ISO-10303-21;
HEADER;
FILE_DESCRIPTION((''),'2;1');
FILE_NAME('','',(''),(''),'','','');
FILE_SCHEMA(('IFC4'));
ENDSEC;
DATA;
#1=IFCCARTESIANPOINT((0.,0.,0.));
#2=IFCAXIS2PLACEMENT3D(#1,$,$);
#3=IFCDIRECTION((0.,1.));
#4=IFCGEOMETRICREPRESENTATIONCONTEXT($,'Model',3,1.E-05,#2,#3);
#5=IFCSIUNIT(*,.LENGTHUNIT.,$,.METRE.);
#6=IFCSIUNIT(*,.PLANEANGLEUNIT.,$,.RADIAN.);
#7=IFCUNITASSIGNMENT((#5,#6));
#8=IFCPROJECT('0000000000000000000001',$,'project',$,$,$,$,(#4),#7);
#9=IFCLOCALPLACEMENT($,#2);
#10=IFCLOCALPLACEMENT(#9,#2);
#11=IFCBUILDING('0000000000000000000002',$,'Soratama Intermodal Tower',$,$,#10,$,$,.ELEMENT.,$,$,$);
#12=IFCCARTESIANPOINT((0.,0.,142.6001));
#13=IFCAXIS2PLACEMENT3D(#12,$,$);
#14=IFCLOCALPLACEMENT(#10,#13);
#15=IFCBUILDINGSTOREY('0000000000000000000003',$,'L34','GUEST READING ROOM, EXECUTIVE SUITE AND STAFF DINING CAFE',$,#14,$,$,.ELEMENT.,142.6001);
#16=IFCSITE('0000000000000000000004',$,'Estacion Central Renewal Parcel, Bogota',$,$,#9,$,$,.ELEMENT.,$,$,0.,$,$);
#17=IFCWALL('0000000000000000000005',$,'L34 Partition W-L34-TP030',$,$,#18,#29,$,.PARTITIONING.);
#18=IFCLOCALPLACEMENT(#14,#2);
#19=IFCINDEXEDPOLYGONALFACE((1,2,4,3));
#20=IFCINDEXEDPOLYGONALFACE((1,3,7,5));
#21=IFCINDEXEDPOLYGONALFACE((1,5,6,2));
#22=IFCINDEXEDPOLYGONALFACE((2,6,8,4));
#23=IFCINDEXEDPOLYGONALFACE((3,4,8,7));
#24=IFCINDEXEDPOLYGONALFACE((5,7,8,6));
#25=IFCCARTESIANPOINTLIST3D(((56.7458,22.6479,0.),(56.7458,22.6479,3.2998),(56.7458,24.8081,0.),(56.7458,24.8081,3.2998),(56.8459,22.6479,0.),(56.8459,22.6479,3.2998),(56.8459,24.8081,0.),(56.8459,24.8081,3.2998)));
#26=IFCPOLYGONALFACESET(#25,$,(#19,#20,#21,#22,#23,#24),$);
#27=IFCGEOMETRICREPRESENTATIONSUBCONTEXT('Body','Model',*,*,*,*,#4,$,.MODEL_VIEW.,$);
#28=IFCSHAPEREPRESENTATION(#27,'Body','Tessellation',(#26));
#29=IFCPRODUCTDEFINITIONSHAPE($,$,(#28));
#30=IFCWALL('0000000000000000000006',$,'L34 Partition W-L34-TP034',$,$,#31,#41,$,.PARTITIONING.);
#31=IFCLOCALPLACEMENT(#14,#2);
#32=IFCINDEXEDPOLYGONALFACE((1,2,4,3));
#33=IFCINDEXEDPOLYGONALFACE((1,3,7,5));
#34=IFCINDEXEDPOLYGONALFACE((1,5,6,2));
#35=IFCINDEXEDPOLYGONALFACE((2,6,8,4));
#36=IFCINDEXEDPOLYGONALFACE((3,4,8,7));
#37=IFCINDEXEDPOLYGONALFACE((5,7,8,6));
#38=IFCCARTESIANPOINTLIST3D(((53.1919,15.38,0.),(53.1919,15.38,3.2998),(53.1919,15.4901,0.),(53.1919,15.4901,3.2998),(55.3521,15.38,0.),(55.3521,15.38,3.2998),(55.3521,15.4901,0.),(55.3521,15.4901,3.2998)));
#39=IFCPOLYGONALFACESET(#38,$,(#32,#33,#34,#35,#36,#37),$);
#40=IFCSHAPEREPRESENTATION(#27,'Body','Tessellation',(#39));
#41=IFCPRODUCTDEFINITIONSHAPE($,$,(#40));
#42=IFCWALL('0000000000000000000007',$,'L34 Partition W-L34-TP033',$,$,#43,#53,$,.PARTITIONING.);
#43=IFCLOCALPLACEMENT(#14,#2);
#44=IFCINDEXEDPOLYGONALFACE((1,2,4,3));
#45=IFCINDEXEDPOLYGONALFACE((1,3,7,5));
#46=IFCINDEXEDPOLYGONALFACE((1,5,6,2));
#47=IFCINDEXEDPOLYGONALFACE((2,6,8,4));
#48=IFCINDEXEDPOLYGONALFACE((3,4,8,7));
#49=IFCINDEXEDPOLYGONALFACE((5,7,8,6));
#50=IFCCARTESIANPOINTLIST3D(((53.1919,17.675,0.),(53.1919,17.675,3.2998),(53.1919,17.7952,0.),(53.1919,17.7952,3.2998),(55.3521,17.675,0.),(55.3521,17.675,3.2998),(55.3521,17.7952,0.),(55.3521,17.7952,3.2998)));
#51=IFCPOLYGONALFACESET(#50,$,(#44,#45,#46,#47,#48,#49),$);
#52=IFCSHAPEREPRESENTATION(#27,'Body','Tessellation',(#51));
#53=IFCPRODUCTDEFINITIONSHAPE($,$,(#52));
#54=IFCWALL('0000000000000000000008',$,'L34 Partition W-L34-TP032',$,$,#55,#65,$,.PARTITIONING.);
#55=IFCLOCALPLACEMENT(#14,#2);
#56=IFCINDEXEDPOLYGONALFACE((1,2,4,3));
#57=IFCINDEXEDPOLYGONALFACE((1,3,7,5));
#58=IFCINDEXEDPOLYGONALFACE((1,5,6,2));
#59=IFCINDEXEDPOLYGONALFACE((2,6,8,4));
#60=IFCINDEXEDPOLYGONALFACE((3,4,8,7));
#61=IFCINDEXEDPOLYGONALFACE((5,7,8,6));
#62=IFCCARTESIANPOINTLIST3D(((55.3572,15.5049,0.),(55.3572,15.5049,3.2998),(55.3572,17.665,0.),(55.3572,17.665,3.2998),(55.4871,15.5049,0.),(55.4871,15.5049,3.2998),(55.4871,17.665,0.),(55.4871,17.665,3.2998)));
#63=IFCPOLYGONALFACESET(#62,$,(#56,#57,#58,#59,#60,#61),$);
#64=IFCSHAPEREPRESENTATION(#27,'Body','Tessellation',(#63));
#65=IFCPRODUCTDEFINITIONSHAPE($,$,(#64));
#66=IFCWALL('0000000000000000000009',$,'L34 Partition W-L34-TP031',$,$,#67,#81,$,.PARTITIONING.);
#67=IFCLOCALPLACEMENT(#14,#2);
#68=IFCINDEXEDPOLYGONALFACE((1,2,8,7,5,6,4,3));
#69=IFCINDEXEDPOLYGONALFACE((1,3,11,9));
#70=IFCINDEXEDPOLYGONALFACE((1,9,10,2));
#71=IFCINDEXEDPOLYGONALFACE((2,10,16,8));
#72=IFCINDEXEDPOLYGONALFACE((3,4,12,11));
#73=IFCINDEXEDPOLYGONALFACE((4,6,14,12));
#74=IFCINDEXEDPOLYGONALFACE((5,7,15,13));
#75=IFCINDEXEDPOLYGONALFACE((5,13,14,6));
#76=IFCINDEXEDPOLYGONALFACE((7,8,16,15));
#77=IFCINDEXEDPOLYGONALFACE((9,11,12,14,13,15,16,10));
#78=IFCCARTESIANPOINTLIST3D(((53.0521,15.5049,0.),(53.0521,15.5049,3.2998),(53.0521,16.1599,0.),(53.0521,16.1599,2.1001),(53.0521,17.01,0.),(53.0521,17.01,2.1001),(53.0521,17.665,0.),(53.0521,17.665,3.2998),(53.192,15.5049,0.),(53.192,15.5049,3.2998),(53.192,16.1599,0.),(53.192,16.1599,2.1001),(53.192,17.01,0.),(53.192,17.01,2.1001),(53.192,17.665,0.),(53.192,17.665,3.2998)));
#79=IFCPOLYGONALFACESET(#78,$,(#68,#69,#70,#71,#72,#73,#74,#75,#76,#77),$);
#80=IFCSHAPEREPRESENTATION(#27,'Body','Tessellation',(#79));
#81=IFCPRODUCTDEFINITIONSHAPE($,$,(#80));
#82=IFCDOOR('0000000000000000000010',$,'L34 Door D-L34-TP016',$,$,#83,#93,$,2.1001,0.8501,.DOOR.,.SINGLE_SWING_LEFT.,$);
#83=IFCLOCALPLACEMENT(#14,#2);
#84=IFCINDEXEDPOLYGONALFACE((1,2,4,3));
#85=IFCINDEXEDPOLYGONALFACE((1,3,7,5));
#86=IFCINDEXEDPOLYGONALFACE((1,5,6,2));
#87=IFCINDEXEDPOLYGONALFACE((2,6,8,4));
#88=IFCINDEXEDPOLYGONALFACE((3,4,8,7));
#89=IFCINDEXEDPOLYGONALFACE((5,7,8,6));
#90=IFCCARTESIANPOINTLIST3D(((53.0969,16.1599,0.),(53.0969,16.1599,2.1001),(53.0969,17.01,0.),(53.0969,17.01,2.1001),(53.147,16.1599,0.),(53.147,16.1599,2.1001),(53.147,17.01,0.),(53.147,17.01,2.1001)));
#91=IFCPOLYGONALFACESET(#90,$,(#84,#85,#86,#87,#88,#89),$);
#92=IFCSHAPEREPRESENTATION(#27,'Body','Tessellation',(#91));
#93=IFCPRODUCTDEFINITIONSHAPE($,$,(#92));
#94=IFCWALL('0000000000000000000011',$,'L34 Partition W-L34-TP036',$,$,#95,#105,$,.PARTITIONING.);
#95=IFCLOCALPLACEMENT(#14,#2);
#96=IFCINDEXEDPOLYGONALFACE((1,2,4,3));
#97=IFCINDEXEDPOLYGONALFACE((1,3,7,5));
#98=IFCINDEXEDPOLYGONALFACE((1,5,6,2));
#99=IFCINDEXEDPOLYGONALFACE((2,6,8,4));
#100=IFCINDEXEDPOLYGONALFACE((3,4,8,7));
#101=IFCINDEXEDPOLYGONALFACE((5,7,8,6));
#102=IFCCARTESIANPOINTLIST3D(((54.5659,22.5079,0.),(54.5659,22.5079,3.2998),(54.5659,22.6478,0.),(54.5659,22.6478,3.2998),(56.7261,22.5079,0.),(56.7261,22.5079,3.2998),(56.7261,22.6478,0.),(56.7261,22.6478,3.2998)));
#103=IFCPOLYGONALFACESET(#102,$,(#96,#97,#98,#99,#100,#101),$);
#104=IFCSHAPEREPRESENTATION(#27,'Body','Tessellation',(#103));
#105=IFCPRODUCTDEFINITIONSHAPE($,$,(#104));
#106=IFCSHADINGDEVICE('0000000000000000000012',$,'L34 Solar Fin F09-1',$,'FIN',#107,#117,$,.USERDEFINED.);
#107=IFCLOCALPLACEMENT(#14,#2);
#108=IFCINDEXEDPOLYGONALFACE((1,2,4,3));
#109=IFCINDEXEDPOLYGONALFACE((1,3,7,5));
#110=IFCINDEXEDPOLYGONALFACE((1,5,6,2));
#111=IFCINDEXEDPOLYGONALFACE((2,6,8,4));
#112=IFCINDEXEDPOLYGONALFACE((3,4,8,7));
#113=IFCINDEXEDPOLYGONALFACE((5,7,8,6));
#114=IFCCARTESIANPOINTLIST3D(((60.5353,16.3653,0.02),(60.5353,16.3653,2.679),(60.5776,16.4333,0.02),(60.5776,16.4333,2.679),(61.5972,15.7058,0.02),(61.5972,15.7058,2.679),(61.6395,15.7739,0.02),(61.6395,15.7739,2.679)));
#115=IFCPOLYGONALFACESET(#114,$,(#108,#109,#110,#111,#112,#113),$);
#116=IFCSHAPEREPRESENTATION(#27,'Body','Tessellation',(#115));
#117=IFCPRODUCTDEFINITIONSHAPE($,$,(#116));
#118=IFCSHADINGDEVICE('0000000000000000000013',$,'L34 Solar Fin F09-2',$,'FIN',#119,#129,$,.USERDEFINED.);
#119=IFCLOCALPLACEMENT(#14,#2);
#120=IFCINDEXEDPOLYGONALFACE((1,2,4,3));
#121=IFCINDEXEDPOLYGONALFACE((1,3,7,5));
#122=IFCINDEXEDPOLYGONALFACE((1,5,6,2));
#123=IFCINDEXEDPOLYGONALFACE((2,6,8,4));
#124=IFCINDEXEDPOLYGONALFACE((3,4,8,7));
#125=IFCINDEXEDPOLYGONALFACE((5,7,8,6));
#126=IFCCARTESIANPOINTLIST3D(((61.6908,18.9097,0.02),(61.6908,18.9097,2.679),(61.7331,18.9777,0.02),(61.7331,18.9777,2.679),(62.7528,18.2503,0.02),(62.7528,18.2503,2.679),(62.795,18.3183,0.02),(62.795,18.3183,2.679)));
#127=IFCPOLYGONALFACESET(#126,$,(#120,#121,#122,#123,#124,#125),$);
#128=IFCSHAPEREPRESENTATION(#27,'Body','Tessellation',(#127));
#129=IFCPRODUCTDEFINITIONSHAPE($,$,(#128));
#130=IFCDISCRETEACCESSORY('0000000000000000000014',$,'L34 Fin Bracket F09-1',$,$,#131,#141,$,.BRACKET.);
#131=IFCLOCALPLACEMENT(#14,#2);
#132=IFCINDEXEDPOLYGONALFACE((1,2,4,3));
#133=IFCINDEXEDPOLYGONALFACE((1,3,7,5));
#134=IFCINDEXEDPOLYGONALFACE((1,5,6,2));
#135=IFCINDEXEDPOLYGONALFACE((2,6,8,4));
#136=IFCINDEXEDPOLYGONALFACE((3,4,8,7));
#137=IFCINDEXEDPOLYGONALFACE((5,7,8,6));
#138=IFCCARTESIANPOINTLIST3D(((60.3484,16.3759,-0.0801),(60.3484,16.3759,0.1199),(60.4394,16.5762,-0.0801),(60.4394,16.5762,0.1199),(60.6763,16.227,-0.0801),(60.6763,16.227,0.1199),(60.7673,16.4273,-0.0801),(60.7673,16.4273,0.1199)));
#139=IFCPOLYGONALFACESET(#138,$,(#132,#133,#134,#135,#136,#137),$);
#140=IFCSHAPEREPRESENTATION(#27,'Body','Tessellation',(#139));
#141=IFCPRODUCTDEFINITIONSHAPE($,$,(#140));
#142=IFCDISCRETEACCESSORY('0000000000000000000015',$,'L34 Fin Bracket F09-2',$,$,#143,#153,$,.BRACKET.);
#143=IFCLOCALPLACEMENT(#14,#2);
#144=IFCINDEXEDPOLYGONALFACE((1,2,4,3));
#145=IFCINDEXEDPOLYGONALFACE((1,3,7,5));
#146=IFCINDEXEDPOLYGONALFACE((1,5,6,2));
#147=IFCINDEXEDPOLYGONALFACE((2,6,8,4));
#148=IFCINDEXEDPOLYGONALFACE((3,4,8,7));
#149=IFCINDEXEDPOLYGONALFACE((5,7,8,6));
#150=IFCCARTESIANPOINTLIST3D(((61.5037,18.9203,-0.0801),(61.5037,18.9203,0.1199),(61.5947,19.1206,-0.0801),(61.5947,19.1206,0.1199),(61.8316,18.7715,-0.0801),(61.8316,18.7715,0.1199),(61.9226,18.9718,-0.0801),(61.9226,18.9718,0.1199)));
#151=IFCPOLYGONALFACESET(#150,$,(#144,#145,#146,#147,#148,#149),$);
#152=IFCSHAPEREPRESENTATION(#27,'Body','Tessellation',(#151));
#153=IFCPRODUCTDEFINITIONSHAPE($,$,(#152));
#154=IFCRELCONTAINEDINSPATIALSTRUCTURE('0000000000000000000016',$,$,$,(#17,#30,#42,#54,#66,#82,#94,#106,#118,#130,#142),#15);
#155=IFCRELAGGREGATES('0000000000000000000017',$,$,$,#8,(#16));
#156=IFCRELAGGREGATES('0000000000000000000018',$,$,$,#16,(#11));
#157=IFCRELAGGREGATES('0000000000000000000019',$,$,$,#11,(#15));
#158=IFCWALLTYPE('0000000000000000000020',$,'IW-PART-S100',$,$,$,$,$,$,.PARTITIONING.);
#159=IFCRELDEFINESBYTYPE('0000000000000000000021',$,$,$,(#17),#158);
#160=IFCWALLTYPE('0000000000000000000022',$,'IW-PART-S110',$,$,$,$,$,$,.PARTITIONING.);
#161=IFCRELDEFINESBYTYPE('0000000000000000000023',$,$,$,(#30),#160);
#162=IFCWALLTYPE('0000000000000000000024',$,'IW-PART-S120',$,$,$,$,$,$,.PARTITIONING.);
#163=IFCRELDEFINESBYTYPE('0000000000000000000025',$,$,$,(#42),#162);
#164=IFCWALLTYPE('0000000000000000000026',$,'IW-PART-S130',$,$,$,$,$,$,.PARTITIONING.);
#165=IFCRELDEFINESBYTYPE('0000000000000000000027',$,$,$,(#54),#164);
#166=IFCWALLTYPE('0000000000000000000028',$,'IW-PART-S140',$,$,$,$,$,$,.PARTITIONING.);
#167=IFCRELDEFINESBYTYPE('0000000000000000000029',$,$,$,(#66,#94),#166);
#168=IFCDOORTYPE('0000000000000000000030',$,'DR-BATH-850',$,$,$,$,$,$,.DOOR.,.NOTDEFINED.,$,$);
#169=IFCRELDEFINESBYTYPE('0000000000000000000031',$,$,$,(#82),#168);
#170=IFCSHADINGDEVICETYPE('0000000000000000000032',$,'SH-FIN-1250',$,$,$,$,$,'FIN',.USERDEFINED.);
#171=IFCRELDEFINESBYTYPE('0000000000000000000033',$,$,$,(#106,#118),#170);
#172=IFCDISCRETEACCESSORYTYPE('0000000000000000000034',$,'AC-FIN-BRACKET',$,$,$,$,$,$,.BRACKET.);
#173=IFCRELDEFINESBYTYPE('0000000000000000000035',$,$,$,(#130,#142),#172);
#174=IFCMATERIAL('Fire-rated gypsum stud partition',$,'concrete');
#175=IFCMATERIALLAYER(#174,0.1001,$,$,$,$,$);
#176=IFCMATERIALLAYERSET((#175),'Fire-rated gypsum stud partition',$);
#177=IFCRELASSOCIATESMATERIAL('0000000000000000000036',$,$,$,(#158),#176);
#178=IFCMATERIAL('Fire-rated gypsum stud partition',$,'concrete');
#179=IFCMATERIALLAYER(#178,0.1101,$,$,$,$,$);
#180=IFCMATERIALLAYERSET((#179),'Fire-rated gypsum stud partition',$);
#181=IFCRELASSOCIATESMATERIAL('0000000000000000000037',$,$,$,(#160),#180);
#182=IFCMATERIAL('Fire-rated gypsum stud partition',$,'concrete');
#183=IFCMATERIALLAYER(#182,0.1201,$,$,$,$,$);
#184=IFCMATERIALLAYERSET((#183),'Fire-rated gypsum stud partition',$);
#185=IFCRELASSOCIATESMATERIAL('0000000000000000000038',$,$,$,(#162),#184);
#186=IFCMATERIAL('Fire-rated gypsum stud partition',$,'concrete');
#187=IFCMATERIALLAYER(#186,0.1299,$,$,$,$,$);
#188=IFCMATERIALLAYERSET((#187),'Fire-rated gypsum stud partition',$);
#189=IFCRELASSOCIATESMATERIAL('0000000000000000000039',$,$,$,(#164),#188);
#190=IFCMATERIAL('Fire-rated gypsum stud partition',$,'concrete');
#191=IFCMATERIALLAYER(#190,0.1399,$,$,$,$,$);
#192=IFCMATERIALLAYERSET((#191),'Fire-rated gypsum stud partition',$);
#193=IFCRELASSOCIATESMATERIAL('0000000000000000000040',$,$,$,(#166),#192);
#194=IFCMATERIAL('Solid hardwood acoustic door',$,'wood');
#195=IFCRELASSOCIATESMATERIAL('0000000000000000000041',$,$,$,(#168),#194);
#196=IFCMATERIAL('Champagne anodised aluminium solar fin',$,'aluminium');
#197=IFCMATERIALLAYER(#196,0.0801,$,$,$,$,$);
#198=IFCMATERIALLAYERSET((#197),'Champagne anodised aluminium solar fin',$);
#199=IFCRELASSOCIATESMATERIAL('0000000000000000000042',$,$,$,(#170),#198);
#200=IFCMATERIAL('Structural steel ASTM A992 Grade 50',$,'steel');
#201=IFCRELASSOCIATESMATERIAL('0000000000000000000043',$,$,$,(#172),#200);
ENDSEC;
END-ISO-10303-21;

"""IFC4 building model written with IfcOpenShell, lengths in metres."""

from ifc_helpers import new_model, si_unit, direction, frame, frame_2d, origin, origin_2d, place, context, subcontext, project, spatial, rectangle, extrude, material, layer, layer_set, type_object, element, fill, save


model = new_model("IFC4")

# Units and contexts
model_context = context("Model", 3, precision=1e-05, world=origin(), true_north=direction((0.0, 1.0)))
body_context = subcontext(model_context, "Body", "Model", "MODEL_VIEW")
ifc_project = project(units=[si_unit("LENGTHUNIT", "METRE"), si_unit("PLANEANGLEUNIT", "RADIAN")], contexts=[model_context])

# Site, building, storey
site_placement = place(None, origin())
site = spatial("IfcSite", under=ifc_project, at=site_placement, Name="Estacion Central Renewal Parcel, Bogota", CompositionType="ELEMENT", RefElevation=0.0)
building_placement = place(site_placement, origin())
building = spatial("IfcBuilding", under=site, at=building_placement, Name="Soratama Intermodal Tower", CompositionType="ELEMENT")
storey_placement = place(building_placement, frame((0.0, 0.0, 142.6001)))
storey = spatial("IfcBuildingStorey", under=building, at=storey_placement, Name="L34", Description="GUEST READING ROOM, EXECUTIVE SUITE AND STAFF DINING CAFE", CompositionType="ELEMENT", Elevation=142.6001)

# Walls
ifc_material_1 = material(Name="Fire-rated gypsum stud partition", Category="concrete")
ifc_layer_1 = layer(ifc_material_1, 0.1001)
ifc_layer_set_1 = layer_set([ifc_layer_1], Name="Fire-rated gypsum stud partition")
wall_type_1 = type_object("IfcWallType", Name="IW-PART-S100", PredefinedType="PARTITIONING", material=ifc_layer_set_1)
wall_1_placement = place(storey_placement, frame((56.7959, 22.6479, 0.0), z_axis=(0.0, 0.0, 1.0), x_axis=(0.0, 1.0, 0.0)))
element("IfcWall", 1, at=wall_1_placement, inside=storey, type_object=wall_type_1, Name="L34 Partition W-L34-TP030", PredefinedType="PARTITIONING", context=body_context, shape_type="SweptSolid", body=[
    extrude(rectangle(XDim=2.1602, YDim=0.1001, at=frame_2d((1.0801, 0.0))), origin(), (0.0, 0.0, 1.0), 3.2998),
])
ifc_material_2 = material(Name="Fire-rated gypsum stud partition", Category="concrete")
ifc_layer_2 = layer(ifc_material_2, 0.1101)
ifc_layer_set_2 = layer_set([ifc_layer_2], Name="Fire-rated gypsum stud partition")
wall_type_2 = type_object("IfcWallType", Name="IW-PART-S110", PredefinedType="PARTITIONING", material=ifc_layer_set_2)
wall_2_placement = place(storey_placement, frame((53.1919, 15.4351, 0.0), z_axis=(0.0, 0.0, 1.0), x_axis=(1.0, 0.0, 0.0)))
element("IfcWall", 2, at=wall_2_placement, inside=storey, type_object=wall_type_2, Name="L34 Partition W-L34-TP034", PredefinedType="PARTITIONING", context=body_context, shape_type="SweptSolid", body=[
    extrude(rectangle(XDim=2.1602, YDim=0.1101, at=frame_2d((1.0801, 0.0))), origin(), (0.0, 0.0, 1.0), 3.2998),
])
ifc_material_3 = material(Name="Fire-rated gypsum stud partition", Category="concrete")
ifc_layer_3 = layer(ifc_material_3, 0.1201)
ifc_layer_set_3 = layer_set([ifc_layer_3], Name="Fire-rated gypsum stud partition")
wall_type_3 = type_object("IfcWallType", Name="IW-PART-S120", PredefinedType="PARTITIONING", material=ifc_layer_set_3)
wall_3_placement = place(storey_placement, frame((55.3521, 17.7351, 0.0), z_axis=(0.0, 0.0, 1.0), x_axis=(-1.0, 0.0, 0.0)))
element("IfcWall", 3, at=wall_3_placement, inside=storey, type_object=wall_type_3, Name="L34 Partition W-L34-TP033", PredefinedType="PARTITIONING", context=body_context, shape_type="SweptSolid", body=[
    extrude(rectangle(XDim=2.1602, YDim=0.1201, at=frame_2d((1.0801, 0.0))), origin(), (0.0, 0.0, 1.0), 3.2998),
])
ifc_material_4 = material(Name="Fire-rated gypsum stud partition", Category="concrete")
ifc_layer_4 = layer(ifc_material_4, 0.1299)
ifc_layer_set_4 = layer_set([ifc_layer_4], Name="Fire-rated gypsum stud partition")
wall_type_4 = type_object("IfcWallType", Name="IW-PART-S130", PredefinedType="PARTITIONING", material=ifc_layer_set_4)
wall_4_placement = place(storey_placement, frame((55.4221, 15.5049, 0.0), z_axis=(0.0, 0.0, 1.0), x_axis=(0.0, 1.0, 0.0)))
element("IfcWall", 4, at=wall_4_placement, inside=storey, type_object=wall_type_4, Name="L34 Partition W-L34-TP032", PredefinedType="PARTITIONING", context=body_context, shape_type="SweptSolid", body=[
    extrude(rectangle(XDim=2.1602, YDim=0.1299, at=frame_2d((1.0801, 0.0))), origin(), (0.0, 0.0, 1.0), 3.2998),
])

# Wall, opening, door
ifc_material_5 = material(Name="Fire-rated gypsum stud partition", Category="concrete")
ifc_layer_5 = layer(ifc_material_5, 0.1399)
ifc_layer_set_5 = layer_set([ifc_layer_5], Name="Fire-rated gypsum stud partition")
wall_type_5 = type_object("IfcWallType", Name="IW-PART-S140", PredefinedType="PARTITIONING", material=ifc_layer_set_5)
wall_5_placement = place(storey_placement, frame((53.1221, 17.665, 0.0), z_axis=(0.0, 0.0, 1.0), x_axis=(0.0, -1.0, 0.0)))
wall_5 = element("IfcWall", 5, at=wall_5_placement, inside=storey, type_object=wall_type_5, Name="L34 Partition W-L34-TP031", PredefinedType="PARTITIONING", context=body_context, shape_type="SweptSolid", body=[
    extrude(rectangle(XDim=2.1602, YDim=0.1399, at=frame_2d((1.0801, 0.0))), origin(), (0.0, 0.0, 1.0), 3.2998),
])
opening_1_placement = place(wall_5_placement, frame((0.655, 0.0, 0.0)))
opening_1 = element("IfcOpeningElement", 6, at=opening_1_placement, cuts=wall_5, PredefinedType="OPENING", context=body_context, shape_type="SweptSolid", body=[
    extrude(rectangle(XDim=0.8501, YDim=2.1001, at=frame_2d((0.425, 1.05))), frame((0.0, 0.0798, 0.0), z_axis=(0.0, -1.0, 0.0), x_axis=(1.0, 0.0, 0.0)), (0.0, 0.0, 1.0), 0.1599),
])
ifc_material_6 = material(Name="Solid hardwood acoustic door", Category="wood")
door_type = type_object("IfcDoorType", Name="DR-BATH-850", OperationType="NOTDEFINED", PredefinedType="DOOR", material=ifc_material_6)
door_placement = place(opening_1_placement, origin())
door = element("IfcDoor", 7, at=door_placement, inside=storey, type_object=door_type, Name="L34 Door D-L34-TP016", OperationType="SINGLE_SWING_LEFT", OverallHeight=2.1001, OverallWidth=0.8501, PredefinedType="DOOR", context=body_context, shape_type="SweptSolid", body=[
    extrude(rectangle(XDim=0.8501, YDim=2.1001, at=frame_2d((0.425, 1.05))), frame((0.0, 0.0249, 0.0), z_axis=(0.0, -1.0, 0.0), x_axis=(1.0, 0.0, 0.0)), (0.0, 0.0, 1.0), 0.05),
])
fill(opening_1, door)

# Wall
wall_6_placement = place(storey_placement, frame((54.5659, 22.5779, 0.0), z_axis=(0.0, 0.0, 1.0), x_axis=(1.0, 0.0, 0.0)))
element("IfcWall", 8, at=wall_6_placement, inside=storey, type_object=wall_type_5, Name="L34 Partition W-L34-TP036", PredefinedType="PARTITIONING", context=body_context, shape_type="SweptSolid", body=[
    extrude(rectangle(XDim=2.1602, YDim=0.1399, at=frame_2d((1.0801, 0.0))), origin(), (0.0, 0.0, 1.0), 3.2998),
])

# Shading devices
ifc_material_7 = material(Name="Champagne anodised aluminium solar fin", Category="aluminium")
ifc_layer_6 = layer(ifc_material_7, 0.0801)
ifc_layer_set_6 = layer_set([ifc_layer_6], Name="Champagne anodised aluminium solar fin")
shading_device_type = type_object("IfcShadingDeviceType", Name="SH-FIN-1250", ElementType="FIN", PredefinedType="USERDEFINED", material=ifc_layer_set_6)
for number, where, z_axis, x_axis, name in (
    (9, (61.0874, 16.0696, 0.02), (0.0, 0.0, 1.0), (0.849525, -0.527549, 0.0), "L34 Solar Fin F09-1"),
    (10, (62.2429, 18.614, 0.02), (0.0, 0.0, 1.0), (0.849525, -0.527549, 0.0), "L34 Solar Fin F09-2"),
):
    element("IfcShadingDevice", number, at=place(storey_placement, frame(where, z_axis=z_axis, x_axis=x_axis)), inside=storey, type_object=shading_device_type, Name=name, ObjectType="FIN", PredefinedType="USERDEFINED", context=body_context, shape_type="SweptSolid", body=[
        extrude(rectangle(XDim=1.25, YDim=0.0801, at=origin_2d()), origin(), (0.0, 0.0, 1.0), 2.6589),
    ])

# Discrete accessories
ifc_material_8 = material(Name="Structural steel ASTM A992 Grade 50", Category="steel")
discrete_accessory_type = type_object("IfcDiscreteAccessoryType", Name="AC-FIN-BRACKET", PredefinedType="BRACKET", material=ifc_material_8)
for number, where, z_axis, x_axis, name in (
    (11, (60.5579, 16.4016, -0.0801), (0.0, 0.0, 1.0), (0.910539, -0.413422, 0.0), "L34 Fin Bracket F09-1"),
    (12, (61.7131, 18.946, -0.0801), (0.0, 0.0, 1.0), (0.910539, -0.413422, 0.0), "L34 Fin Bracket F09-2"),
):
    element("IfcDiscreteAccessory", number, at=place(storey_placement, frame(where, z_axis=z_axis, x_axis=x_axis)), inside=storey, type_object=discrete_accessory_type, Name=name, PredefinedType="BRACKET", context=body_context, shape_type="SweptSolid", body=[
        extrude(rectangle(XDim=0.3601, YDim=0.22, at=origin_2d()), origin(), (0.0, 0.0, 1.0), 0.2),
    ])

save(model, "model.ifc")
